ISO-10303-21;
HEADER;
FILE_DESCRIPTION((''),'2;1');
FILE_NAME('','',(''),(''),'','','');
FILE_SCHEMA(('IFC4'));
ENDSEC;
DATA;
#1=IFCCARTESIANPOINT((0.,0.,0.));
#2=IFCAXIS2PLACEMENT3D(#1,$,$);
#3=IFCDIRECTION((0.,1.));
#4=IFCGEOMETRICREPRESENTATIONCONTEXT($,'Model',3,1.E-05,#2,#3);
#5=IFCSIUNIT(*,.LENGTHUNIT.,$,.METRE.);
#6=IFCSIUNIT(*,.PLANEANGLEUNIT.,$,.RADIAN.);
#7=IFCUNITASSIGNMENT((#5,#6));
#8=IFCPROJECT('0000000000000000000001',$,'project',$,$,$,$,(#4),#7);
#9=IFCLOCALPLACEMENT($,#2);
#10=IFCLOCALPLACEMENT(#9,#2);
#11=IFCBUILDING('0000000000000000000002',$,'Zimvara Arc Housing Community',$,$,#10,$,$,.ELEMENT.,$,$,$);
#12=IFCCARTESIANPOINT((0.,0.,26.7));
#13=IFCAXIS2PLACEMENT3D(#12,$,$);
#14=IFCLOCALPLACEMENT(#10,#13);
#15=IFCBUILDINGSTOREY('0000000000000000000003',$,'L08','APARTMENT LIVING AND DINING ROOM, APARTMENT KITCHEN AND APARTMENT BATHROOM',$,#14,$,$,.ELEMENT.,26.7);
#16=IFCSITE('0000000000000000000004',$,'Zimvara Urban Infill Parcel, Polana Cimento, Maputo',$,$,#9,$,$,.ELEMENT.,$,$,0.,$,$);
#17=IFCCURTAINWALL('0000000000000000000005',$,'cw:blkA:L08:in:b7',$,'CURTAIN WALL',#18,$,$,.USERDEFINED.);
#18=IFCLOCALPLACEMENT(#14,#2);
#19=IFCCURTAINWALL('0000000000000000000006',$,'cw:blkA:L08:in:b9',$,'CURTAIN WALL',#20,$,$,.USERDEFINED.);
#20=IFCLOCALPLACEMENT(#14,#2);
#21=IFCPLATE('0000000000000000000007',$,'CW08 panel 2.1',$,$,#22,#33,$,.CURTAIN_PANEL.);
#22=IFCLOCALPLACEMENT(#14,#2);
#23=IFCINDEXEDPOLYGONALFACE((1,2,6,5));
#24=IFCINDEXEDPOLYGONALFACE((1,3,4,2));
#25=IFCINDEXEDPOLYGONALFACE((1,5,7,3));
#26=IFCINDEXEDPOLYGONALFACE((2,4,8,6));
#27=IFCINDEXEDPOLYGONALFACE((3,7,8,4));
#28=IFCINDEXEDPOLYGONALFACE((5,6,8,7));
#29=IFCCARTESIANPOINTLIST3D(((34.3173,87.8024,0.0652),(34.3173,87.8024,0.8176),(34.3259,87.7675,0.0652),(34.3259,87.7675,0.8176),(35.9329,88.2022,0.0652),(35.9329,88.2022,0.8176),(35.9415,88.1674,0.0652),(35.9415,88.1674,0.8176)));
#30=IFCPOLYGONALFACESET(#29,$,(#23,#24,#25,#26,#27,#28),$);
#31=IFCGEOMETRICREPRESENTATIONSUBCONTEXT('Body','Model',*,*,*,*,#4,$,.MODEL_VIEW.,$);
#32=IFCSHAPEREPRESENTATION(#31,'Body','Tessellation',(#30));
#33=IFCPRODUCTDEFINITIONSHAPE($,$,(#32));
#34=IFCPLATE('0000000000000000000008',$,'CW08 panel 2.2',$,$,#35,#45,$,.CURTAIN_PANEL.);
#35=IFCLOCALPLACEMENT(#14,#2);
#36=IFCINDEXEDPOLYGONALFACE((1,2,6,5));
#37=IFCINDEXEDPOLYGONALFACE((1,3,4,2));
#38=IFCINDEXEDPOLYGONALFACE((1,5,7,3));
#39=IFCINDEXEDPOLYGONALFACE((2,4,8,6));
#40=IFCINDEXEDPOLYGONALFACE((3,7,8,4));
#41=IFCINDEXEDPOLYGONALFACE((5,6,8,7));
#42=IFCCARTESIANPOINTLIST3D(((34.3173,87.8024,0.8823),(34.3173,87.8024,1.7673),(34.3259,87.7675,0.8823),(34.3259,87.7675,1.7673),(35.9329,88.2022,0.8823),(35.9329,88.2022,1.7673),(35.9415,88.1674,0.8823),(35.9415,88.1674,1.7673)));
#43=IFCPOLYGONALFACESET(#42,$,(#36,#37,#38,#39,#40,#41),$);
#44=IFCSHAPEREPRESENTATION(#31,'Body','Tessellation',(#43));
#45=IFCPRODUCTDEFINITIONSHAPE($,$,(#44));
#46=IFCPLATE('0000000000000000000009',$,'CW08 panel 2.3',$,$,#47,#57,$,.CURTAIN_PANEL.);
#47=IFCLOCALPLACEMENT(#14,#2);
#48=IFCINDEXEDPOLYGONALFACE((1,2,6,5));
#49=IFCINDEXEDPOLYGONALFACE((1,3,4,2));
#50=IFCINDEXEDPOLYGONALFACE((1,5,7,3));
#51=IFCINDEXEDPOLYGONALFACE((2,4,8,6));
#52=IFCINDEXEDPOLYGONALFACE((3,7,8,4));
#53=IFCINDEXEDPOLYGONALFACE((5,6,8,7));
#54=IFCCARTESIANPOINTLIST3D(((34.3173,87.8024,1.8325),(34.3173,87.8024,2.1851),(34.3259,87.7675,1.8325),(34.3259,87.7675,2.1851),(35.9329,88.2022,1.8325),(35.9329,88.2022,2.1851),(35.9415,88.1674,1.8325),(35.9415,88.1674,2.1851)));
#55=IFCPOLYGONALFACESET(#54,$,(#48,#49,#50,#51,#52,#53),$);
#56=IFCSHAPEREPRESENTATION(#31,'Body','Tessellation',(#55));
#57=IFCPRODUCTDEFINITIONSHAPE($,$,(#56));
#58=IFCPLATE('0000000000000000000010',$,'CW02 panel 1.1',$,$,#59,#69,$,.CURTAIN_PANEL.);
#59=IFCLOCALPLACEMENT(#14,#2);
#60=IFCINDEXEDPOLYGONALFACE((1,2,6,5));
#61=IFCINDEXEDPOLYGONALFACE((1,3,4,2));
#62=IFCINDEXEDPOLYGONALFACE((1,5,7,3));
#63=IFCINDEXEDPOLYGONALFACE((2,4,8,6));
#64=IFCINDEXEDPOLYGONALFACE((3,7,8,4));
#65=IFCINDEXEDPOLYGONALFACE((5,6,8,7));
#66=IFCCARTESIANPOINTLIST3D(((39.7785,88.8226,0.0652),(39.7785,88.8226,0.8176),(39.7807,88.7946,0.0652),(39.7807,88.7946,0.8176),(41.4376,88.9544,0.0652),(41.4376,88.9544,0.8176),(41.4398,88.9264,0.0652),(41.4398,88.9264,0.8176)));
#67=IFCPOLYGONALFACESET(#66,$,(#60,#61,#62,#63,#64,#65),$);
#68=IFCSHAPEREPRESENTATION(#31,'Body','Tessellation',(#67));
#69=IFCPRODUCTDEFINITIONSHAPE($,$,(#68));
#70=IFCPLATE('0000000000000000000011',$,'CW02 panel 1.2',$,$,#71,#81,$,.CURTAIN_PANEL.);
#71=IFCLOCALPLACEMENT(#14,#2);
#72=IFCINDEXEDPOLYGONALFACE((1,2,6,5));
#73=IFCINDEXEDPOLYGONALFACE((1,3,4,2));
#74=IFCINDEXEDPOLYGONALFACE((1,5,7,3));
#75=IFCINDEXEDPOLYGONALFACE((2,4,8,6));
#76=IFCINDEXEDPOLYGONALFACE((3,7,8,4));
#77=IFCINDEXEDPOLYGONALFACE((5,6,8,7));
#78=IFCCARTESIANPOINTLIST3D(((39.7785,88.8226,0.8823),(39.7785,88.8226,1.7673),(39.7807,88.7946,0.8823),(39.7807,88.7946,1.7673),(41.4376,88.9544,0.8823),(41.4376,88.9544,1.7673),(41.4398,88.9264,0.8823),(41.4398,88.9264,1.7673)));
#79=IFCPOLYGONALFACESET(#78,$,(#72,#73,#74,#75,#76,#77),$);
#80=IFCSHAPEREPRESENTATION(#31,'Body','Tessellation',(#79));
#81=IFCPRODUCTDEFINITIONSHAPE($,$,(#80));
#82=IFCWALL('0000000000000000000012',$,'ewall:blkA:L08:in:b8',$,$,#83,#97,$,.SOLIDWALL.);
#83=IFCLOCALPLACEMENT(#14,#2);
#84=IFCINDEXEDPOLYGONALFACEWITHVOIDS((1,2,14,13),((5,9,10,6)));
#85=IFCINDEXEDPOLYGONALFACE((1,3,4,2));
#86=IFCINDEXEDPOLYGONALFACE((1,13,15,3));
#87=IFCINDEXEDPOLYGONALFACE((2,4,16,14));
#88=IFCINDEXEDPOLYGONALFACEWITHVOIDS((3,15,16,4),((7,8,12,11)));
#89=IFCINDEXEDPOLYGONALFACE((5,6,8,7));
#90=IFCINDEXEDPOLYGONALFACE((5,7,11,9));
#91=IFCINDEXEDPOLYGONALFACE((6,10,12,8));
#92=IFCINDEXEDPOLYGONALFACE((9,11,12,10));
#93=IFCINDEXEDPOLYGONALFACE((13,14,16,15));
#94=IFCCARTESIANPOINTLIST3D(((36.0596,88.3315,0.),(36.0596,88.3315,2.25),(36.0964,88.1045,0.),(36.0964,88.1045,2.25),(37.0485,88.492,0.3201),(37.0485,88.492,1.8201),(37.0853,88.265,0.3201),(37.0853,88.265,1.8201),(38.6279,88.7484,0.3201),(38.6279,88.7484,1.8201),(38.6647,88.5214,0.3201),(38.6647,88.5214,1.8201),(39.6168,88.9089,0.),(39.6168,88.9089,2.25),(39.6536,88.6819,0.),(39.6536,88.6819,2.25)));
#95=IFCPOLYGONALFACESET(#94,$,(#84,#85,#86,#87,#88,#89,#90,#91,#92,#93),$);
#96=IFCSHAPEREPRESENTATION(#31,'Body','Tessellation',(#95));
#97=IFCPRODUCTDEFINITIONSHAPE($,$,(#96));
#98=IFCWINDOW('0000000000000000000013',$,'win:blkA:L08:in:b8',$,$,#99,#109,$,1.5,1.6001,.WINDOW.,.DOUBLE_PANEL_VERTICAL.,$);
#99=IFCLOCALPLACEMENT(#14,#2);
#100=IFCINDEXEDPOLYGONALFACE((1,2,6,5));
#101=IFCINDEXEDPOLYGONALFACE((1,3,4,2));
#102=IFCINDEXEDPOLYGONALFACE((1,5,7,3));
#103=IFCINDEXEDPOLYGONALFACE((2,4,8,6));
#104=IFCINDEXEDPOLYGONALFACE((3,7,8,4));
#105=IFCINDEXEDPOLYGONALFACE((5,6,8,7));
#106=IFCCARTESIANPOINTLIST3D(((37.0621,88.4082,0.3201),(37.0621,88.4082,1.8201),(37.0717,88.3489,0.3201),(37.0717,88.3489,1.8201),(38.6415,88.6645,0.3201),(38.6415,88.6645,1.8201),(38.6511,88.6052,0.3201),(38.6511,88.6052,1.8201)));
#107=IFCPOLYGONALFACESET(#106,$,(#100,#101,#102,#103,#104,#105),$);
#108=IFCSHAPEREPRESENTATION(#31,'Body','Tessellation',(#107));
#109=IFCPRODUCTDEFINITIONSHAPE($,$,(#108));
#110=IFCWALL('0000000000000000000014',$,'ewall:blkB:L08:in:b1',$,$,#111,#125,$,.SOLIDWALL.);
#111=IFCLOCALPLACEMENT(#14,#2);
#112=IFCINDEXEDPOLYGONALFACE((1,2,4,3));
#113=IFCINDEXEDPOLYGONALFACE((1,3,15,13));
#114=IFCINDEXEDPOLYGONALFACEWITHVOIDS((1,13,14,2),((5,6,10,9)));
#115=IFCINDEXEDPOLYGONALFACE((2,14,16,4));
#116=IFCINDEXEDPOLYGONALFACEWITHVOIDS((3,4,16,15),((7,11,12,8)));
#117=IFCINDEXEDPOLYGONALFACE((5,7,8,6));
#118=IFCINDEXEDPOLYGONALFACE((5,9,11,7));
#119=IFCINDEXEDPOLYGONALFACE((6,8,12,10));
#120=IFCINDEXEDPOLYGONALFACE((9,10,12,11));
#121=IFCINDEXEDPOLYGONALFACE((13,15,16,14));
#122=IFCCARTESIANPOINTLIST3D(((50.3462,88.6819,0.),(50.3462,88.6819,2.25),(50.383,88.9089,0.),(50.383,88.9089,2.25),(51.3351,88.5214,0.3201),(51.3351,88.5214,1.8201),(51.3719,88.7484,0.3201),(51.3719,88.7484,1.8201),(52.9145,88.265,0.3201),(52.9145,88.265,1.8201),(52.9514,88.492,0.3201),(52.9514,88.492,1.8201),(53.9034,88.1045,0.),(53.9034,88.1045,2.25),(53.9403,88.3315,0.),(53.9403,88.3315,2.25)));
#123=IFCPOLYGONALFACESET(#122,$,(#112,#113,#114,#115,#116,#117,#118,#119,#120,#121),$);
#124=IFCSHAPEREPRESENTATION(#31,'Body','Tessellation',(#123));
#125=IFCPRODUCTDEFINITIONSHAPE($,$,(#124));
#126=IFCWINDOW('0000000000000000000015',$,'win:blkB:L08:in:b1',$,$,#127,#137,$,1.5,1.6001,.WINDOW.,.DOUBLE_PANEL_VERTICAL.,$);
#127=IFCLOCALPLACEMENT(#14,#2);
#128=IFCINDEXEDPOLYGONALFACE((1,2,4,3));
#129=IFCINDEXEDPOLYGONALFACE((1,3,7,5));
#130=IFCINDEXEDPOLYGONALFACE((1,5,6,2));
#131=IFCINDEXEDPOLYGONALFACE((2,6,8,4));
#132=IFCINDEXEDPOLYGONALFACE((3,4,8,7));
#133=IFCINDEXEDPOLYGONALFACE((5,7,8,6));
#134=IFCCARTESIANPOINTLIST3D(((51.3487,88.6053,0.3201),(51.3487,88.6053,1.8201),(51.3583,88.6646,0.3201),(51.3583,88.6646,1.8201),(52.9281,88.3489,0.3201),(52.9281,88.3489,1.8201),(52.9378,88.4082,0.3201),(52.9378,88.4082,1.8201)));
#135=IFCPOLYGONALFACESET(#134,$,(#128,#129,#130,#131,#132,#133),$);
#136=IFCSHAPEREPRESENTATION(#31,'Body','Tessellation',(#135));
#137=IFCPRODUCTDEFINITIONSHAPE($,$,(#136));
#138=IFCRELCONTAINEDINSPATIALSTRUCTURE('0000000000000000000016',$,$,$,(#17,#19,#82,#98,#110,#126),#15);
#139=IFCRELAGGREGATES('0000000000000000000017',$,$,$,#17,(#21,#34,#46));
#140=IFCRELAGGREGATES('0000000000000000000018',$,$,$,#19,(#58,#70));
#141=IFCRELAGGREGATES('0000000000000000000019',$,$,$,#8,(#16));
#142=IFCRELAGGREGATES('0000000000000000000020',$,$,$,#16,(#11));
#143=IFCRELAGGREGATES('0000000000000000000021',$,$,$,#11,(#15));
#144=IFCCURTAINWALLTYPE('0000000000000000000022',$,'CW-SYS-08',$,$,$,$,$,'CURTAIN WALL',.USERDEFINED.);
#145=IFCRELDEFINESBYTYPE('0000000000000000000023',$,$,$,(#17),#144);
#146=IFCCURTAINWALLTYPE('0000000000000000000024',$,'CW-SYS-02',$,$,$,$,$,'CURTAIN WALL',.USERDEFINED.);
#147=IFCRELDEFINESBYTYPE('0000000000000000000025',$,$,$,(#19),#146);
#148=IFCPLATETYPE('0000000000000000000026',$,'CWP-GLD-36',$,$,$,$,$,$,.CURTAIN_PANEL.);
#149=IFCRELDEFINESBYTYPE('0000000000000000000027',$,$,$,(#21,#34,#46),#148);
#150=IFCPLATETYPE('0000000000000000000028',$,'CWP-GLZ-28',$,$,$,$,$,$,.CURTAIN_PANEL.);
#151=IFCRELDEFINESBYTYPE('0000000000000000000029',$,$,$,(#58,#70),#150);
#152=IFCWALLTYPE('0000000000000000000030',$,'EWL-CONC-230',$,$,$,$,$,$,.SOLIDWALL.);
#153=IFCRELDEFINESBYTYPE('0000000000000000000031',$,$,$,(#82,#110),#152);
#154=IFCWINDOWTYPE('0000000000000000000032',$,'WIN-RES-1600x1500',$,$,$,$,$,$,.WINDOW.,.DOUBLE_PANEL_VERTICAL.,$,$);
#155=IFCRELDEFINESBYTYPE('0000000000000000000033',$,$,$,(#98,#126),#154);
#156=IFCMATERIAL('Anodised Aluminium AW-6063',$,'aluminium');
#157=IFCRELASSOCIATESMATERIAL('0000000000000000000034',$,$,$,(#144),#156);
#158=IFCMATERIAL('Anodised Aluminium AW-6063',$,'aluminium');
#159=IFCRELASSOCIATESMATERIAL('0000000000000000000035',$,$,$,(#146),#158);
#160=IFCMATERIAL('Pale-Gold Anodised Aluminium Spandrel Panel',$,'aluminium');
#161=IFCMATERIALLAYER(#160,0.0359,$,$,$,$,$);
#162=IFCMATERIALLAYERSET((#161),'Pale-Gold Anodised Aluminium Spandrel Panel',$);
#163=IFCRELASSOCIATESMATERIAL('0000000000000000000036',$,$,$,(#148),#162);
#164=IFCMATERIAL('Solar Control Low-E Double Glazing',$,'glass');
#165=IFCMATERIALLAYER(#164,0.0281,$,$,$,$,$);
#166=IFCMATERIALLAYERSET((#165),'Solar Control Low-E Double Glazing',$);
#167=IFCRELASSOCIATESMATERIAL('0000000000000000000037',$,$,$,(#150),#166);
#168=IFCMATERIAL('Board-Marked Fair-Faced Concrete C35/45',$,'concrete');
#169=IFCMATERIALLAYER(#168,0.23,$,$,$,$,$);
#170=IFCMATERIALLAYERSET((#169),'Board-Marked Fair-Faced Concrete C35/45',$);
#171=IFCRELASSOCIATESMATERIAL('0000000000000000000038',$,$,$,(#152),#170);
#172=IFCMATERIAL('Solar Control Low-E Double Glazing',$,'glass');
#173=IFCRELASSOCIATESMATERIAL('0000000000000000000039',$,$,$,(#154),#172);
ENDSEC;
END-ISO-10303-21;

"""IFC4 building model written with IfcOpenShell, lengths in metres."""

from ifc_helpers import new_model, si_unit, direction, frame, frame_2d, origin, origin_2d, place, context, subcontext, project, spatial, rectangle, extrude, material, layer, layer_set, type_object, element, fill, aggregate, save


model = new_model("IFC4")

# Units and contexts
model_context = context("Model", 3, precision=1e-05, world=origin(), true_north=direction((0.0, 1.0)))
body_context = subcontext(model_context, "Body", "Model", "MODEL_VIEW")
ifc_project = project(units=[si_unit("LENGTHUNIT", "METRE"), si_unit("PLANEANGLEUNIT", "RADIAN")], contexts=[model_context])

# Site, building, storey
site_placement = place(None, origin())
site = spatial("IfcSite", under=ifc_project, at=site_placement, Name="Zimvara Urban Infill Parcel, Polana Cimento, Maputo", CompositionType="ELEMENT", RefElevation=0.0)
building_placement = place(site_placement, origin())
building = spatial("IfcBuilding", under=site, at=building_placement, Name="Zimvara Arc Housing Community", CompositionType="ELEMENT")
storey_placement = place(building_placement, frame((0.0, 0.0, 26.7)))
storey = spatial("IfcBuildingStorey", under=building, at=storey_placement, Name="L08", Description="APARTMENT LIVING AND DINING ROOM, APARTMENT KITCHEN AND APARTMENT BATHROOM", CompositionType="ELEMENT", Elevation=26.7)

# Curtain walls
ifc_material_1 = material(Name="Anodised Aluminium AW-6063", Category="aluminium")
curtain_wall_type_1 = type_object("IfcCurtainWallType", Name="CW-SYS-08", ElementType="CURTAIN WALL", PredefinedType="USERDEFINED", material=ifc_material_1)
curtain_wall_1_placement = place(storey_placement, origin())
curtain_wall_1 = element("IfcCurtainWall", 1, at=curtain_wall_1_placement, inside=storey, type_object=curtain_wall_type_1, Name="cw:blkA:L08:in:b7", ObjectType="CURTAIN WALL", PredefinedType="USERDEFINED")
ifc_material_2 = material(Name="Anodised Aluminium AW-6063", Category="aluminium")
curtain_wall_type_2 = type_object("IfcCurtainWallType", Name="CW-SYS-02", ElementType="CURTAIN WALL", PredefinedType="USERDEFINED", material=ifc_material_2)
curtain_wall_2_placement = place(storey_placement, origin())
curtain_wall_2 = element("IfcCurtainWall", 2, at=curtain_wall_2_placement, inside=storey, type_object=curtain_wall_type_2, Name="cw:blkA:L08:in:b9", ObjectType="CURTAIN WALL", PredefinedType="USERDEFINED")

# Plates
ifc_material_3 = material(Name="Pale-Gold Anodised Aluminium Spandrel Panel", Category="aluminium")
ifc_layer_1 = layer(ifc_material_3, 0.0359)
ifc_layer_set_1 = layer_set([ifc_layer_1], Name="Pale-Gold Anodised Aluminium Spandrel Panel")
plate_type_1 = type_object("IfcPlateType", Name="CWP-GLD-36", PredefinedType="CURTAIN_PANEL", material=ifc_layer_set_1)
plate_1_placement = place(storey_placement, frame((35.1294, 87.9849, 0.0652), z_axis=(0.0, 0.0, 1.0), x_axis=(0.970717, 0.240228, 0.0)))
plate_1 = element("IfcPlate", 3, at=plate_1_placement, type_object=plate_type_1, Name="CW08 panel 2.1", PredefinedType="CURTAIN_PANEL", context=body_context, shape_type="SweptSolid", body=[
    extrude(rectangle(XDim=1.6643, YDim=0.0359, at=origin_2d()), origin(), (0.0, 0.0, 1.0), 0.7524),
])
plate_2_placement = place(storey_placement, frame((35.1294, 87.9849, 0.8823), z_axis=(0.0, 0.0, 1.0), x_axis=(0.970717, 0.240228, 0.0)))
plate_2 = element("IfcPlate", 4, at=plate_2_placement, type_object=plate_type_1, Name="CW08 panel 2.2", PredefinedType="CURTAIN_PANEL", context=body_context, shape_type="SweptSolid", body=[
    extrude(rectangle(XDim=1.6643, YDim=0.0359, at=origin_2d()), origin(), (0.0, 0.0, 1.0), 0.885),
])
plate_3_placement = place(storey_placement, frame((35.1294, 87.9849, 1.8325), z_axis=(0.0, 0.0, 1.0), x_axis=(0.970717, 0.240228, 0.0)))
plate_3 = element("IfcPlate", 5, at=plate_3_placement, type_object=plate_type_1, Name="CW08 panel 2.3", PredefinedType="CURTAIN_PANEL", context=body_context, shape_type="SweptSolid", body=[
    extrude(rectangle(XDim=1.6643, YDim=0.0359, at=origin_2d()), origin(), (0.0, 0.0, 1.0), 0.3525),
])
aggregate(curtain_wall_1, [plate_1, plate_2, plate_3])
ifc_material_4 = material(Name="Solar Control Low-E Double Glazing", Category="glass")
ifc_layer_2 = layer(ifc_material_4, 0.0281)
ifc_layer_set_2 = layer_set([ifc_layer_2], Name="Solar Control Low-E Double Glazing")
plate_type_2 = type_object("IfcPlateType", Name="CWP-GLZ-28", PredefinedType="CURTAIN_PANEL", material=ifc_layer_set_2)
plate_4_placement = place(storey_placement, frame((40.6091, 88.8745, 0.0652), z_axis=(0.0, 0.0, 1.0), x_axis=(0.996862, 0.079155, 0.0)))
plate_4 = element("IfcPlate", 6, at=plate_4_placement, type_object=plate_type_2, Name="CW02 panel 1.1", PredefinedType="CURTAIN_PANEL", context=body_context, shape_type="SweptSolid", body=[
    extrude(rectangle(XDim=1.6643, YDim=0.0281, at=origin_2d()), origin(), (0.0, 0.0, 1.0), 0.7524),
])
plate_5_placement = place(storey_placement, frame((40.6091, 88.8745, 0.8823), z_axis=(0.0, 0.0, 1.0), x_axis=(0.996862, 0.079155, 0.0)))
plate_5 = element("IfcPlate", 7, at=plate_5_placement, type_object=plate_type_2, Name="CW02 panel 1.2", PredefinedType="CURTAIN_PANEL", context=body_context, shape_type="SweptSolid", body=[
    extrude(rectangle(XDim=1.6643, YDim=0.0281, at=origin_2d()), origin(), (0.0, 0.0, 1.0), 0.885),
])
aggregate(curtain_wall_2, [plate_4, plate_5])

# Walls, openings, windows
ifc_material_5 = material(Name="Board-Marked Fair-Faced Concrete C35/45", Category="concrete")
ifc_layer_3 = layer(ifc_material_5, 0.23)
ifc_layer_set_3 = layer_set([ifc_layer_3], Name="Board-Marked Fair-Faced Concrete C35/45")
wall_type = type_object("IfcWallType", Name="EWL-CONC-230", PredefinedType="SOLIDWALL", material=ifc_layer_set_3)
wall_1_placement = place(storey_placement, frame((36.0781, 88.218, 0.0), z_axis=(0.0, 0.0, 1.0), x_axis=(0.987081, 0.160223, 0.0)))
wall_1 = element("IfcWall", 8, at=wall_1_placement, inside=storey, type_object=wall_type, Name="ewall:blkA:L08:in:b8", PredefinedType="SOLIDWALL", context=body_context, shape_type="SweptSolid", body=[
    extrude(rectangle(XDim=3.6038, YDim=0.23, at=frame_2d((1.8018, 0.0))), origin(), (0.0, 0.0, 1.0), 2.25),
])
opening_1_placement = place(wall_1_placement, frame((1.0017, 0.0, 0.3201)))
opening_1 = element("IfcOpeningElement", 9, at=opening_1_placement, cuts=wall_1, PredefinedType="OPENING", context=body_context, shape_type="SweptSolid", body=[
    extrude(rectangle(XDim=1.6001, YDim=1.5, at=frame_2d((0.8, 0.75))), frame((0.0, 0.125, 0.0), z_axis=(0.0, -1.0, 0.0), x_axis=(1.0, 0.0, 0.0)), (0.0, 0.0, 1.0), 0.25),
])
ifc_material_6 = material(Name="Solar Control Low-E Double Glazing", Category="glass")
window_type = type_object("IfcWindowType", Name="WIN-RES-1600x1500", PartitioningType="DOUBLE_PANEL_VERTICAL", PredefinedType="WINDOW", material=ifc_material_6)
window_1_placement = place(opening_1_placement, origin())
window_1 = element("IfcWindow", 10, at=window_1_placement, inside=storey, type_object=window_type, Name="win:blkA:L08:in:b8", OverallHeight=1.5, OverallWidth=1.6001, PartitioningType="DOUBLE_PANEL_VERTICAL", PredefinedType="WINDOW", context=body_context, shape_type="SweptSolid", body=[
    extrude(rectangle(XDim=1.6001, YDim=1.5, at=frame_2d((0.8, 0.75))), frame((0.0, 0.03, 0.0), z_axis=(0.0, -1.0, 0.0), x_axis=(1.0, 0.0, 0.0)), (0.0, 0.0, 1.0), 0.0601),
])
fill(opening_1, window_1)
wall_2_placement = place(storey_placement, frame((50.3647, 88.7954, 0.0), z_axis=(0.0, 0.0, 1.0), x_axis=(0.987081, -0.160223, 0.0)))
wall_2 = element("IfcWall", 11, at=wall_2_placement, inside=storey, type_object=wall_type, Name="ewall:blkB:L08:in:b1", PredefinedType="SOLIDWALL", context=body_context, shape_type="SweptSolid", body=[
    extrude(rectangle(XDim=3.6038, YDim=0.23, at=frame_2d((1.8018, 0.0))), origin(), (0.0, 0.0, 1.0), 2.25),
])
opening_2_placement = place(wall_2_placement, frame((1.0017, 0.0, 0.3201)))
opening_2 = element("IfcOpeningElement", 12, at=opening_2_placement, cuts=wall_2, PredefinedType="OPENING", context=body_context, shape_type="SweptSolid", body=[
    extrude(rectangle(XDim=1.6001, YDim=1.5, at=frame_2d((0.8, 0.75))), frame((0.0, 0.125, 0.0), z_axis=(0.0, -1.0, 0.0), x_axis=(1.0, 0.0, 0.0)), (0.0, 0.0, 1.0), 0.25),
])
window_2_placement = place(opening_2_placement, origin())
window_2 = element("IfcWindow", 13, at=window_2_placement, inside=storey, type_object=window_type, Name="win:blkB:L08:in:b1", OverallHeight=1.5, OverallWidth=1.6001, PartitioningType="DOUBLE_PANEL_VERTICAL", PredefinedType="WINDOW", context=body_context, shape_type="SweptSolid", body=[
    extrude(rectangle(XDim=1.6001, YDim=1.5, at=frame_2d((0.8, 0.75))), frame((0.0, 0.03, 0.0), z_axis=(0.0, -1.0, 0.0), x_axis=(1.0, 0.0, 0.0)), (0.0, 0.0, 1.0), 0.0601),
])
fill(opening_2, window_2)

save(model, "model.ifc")
